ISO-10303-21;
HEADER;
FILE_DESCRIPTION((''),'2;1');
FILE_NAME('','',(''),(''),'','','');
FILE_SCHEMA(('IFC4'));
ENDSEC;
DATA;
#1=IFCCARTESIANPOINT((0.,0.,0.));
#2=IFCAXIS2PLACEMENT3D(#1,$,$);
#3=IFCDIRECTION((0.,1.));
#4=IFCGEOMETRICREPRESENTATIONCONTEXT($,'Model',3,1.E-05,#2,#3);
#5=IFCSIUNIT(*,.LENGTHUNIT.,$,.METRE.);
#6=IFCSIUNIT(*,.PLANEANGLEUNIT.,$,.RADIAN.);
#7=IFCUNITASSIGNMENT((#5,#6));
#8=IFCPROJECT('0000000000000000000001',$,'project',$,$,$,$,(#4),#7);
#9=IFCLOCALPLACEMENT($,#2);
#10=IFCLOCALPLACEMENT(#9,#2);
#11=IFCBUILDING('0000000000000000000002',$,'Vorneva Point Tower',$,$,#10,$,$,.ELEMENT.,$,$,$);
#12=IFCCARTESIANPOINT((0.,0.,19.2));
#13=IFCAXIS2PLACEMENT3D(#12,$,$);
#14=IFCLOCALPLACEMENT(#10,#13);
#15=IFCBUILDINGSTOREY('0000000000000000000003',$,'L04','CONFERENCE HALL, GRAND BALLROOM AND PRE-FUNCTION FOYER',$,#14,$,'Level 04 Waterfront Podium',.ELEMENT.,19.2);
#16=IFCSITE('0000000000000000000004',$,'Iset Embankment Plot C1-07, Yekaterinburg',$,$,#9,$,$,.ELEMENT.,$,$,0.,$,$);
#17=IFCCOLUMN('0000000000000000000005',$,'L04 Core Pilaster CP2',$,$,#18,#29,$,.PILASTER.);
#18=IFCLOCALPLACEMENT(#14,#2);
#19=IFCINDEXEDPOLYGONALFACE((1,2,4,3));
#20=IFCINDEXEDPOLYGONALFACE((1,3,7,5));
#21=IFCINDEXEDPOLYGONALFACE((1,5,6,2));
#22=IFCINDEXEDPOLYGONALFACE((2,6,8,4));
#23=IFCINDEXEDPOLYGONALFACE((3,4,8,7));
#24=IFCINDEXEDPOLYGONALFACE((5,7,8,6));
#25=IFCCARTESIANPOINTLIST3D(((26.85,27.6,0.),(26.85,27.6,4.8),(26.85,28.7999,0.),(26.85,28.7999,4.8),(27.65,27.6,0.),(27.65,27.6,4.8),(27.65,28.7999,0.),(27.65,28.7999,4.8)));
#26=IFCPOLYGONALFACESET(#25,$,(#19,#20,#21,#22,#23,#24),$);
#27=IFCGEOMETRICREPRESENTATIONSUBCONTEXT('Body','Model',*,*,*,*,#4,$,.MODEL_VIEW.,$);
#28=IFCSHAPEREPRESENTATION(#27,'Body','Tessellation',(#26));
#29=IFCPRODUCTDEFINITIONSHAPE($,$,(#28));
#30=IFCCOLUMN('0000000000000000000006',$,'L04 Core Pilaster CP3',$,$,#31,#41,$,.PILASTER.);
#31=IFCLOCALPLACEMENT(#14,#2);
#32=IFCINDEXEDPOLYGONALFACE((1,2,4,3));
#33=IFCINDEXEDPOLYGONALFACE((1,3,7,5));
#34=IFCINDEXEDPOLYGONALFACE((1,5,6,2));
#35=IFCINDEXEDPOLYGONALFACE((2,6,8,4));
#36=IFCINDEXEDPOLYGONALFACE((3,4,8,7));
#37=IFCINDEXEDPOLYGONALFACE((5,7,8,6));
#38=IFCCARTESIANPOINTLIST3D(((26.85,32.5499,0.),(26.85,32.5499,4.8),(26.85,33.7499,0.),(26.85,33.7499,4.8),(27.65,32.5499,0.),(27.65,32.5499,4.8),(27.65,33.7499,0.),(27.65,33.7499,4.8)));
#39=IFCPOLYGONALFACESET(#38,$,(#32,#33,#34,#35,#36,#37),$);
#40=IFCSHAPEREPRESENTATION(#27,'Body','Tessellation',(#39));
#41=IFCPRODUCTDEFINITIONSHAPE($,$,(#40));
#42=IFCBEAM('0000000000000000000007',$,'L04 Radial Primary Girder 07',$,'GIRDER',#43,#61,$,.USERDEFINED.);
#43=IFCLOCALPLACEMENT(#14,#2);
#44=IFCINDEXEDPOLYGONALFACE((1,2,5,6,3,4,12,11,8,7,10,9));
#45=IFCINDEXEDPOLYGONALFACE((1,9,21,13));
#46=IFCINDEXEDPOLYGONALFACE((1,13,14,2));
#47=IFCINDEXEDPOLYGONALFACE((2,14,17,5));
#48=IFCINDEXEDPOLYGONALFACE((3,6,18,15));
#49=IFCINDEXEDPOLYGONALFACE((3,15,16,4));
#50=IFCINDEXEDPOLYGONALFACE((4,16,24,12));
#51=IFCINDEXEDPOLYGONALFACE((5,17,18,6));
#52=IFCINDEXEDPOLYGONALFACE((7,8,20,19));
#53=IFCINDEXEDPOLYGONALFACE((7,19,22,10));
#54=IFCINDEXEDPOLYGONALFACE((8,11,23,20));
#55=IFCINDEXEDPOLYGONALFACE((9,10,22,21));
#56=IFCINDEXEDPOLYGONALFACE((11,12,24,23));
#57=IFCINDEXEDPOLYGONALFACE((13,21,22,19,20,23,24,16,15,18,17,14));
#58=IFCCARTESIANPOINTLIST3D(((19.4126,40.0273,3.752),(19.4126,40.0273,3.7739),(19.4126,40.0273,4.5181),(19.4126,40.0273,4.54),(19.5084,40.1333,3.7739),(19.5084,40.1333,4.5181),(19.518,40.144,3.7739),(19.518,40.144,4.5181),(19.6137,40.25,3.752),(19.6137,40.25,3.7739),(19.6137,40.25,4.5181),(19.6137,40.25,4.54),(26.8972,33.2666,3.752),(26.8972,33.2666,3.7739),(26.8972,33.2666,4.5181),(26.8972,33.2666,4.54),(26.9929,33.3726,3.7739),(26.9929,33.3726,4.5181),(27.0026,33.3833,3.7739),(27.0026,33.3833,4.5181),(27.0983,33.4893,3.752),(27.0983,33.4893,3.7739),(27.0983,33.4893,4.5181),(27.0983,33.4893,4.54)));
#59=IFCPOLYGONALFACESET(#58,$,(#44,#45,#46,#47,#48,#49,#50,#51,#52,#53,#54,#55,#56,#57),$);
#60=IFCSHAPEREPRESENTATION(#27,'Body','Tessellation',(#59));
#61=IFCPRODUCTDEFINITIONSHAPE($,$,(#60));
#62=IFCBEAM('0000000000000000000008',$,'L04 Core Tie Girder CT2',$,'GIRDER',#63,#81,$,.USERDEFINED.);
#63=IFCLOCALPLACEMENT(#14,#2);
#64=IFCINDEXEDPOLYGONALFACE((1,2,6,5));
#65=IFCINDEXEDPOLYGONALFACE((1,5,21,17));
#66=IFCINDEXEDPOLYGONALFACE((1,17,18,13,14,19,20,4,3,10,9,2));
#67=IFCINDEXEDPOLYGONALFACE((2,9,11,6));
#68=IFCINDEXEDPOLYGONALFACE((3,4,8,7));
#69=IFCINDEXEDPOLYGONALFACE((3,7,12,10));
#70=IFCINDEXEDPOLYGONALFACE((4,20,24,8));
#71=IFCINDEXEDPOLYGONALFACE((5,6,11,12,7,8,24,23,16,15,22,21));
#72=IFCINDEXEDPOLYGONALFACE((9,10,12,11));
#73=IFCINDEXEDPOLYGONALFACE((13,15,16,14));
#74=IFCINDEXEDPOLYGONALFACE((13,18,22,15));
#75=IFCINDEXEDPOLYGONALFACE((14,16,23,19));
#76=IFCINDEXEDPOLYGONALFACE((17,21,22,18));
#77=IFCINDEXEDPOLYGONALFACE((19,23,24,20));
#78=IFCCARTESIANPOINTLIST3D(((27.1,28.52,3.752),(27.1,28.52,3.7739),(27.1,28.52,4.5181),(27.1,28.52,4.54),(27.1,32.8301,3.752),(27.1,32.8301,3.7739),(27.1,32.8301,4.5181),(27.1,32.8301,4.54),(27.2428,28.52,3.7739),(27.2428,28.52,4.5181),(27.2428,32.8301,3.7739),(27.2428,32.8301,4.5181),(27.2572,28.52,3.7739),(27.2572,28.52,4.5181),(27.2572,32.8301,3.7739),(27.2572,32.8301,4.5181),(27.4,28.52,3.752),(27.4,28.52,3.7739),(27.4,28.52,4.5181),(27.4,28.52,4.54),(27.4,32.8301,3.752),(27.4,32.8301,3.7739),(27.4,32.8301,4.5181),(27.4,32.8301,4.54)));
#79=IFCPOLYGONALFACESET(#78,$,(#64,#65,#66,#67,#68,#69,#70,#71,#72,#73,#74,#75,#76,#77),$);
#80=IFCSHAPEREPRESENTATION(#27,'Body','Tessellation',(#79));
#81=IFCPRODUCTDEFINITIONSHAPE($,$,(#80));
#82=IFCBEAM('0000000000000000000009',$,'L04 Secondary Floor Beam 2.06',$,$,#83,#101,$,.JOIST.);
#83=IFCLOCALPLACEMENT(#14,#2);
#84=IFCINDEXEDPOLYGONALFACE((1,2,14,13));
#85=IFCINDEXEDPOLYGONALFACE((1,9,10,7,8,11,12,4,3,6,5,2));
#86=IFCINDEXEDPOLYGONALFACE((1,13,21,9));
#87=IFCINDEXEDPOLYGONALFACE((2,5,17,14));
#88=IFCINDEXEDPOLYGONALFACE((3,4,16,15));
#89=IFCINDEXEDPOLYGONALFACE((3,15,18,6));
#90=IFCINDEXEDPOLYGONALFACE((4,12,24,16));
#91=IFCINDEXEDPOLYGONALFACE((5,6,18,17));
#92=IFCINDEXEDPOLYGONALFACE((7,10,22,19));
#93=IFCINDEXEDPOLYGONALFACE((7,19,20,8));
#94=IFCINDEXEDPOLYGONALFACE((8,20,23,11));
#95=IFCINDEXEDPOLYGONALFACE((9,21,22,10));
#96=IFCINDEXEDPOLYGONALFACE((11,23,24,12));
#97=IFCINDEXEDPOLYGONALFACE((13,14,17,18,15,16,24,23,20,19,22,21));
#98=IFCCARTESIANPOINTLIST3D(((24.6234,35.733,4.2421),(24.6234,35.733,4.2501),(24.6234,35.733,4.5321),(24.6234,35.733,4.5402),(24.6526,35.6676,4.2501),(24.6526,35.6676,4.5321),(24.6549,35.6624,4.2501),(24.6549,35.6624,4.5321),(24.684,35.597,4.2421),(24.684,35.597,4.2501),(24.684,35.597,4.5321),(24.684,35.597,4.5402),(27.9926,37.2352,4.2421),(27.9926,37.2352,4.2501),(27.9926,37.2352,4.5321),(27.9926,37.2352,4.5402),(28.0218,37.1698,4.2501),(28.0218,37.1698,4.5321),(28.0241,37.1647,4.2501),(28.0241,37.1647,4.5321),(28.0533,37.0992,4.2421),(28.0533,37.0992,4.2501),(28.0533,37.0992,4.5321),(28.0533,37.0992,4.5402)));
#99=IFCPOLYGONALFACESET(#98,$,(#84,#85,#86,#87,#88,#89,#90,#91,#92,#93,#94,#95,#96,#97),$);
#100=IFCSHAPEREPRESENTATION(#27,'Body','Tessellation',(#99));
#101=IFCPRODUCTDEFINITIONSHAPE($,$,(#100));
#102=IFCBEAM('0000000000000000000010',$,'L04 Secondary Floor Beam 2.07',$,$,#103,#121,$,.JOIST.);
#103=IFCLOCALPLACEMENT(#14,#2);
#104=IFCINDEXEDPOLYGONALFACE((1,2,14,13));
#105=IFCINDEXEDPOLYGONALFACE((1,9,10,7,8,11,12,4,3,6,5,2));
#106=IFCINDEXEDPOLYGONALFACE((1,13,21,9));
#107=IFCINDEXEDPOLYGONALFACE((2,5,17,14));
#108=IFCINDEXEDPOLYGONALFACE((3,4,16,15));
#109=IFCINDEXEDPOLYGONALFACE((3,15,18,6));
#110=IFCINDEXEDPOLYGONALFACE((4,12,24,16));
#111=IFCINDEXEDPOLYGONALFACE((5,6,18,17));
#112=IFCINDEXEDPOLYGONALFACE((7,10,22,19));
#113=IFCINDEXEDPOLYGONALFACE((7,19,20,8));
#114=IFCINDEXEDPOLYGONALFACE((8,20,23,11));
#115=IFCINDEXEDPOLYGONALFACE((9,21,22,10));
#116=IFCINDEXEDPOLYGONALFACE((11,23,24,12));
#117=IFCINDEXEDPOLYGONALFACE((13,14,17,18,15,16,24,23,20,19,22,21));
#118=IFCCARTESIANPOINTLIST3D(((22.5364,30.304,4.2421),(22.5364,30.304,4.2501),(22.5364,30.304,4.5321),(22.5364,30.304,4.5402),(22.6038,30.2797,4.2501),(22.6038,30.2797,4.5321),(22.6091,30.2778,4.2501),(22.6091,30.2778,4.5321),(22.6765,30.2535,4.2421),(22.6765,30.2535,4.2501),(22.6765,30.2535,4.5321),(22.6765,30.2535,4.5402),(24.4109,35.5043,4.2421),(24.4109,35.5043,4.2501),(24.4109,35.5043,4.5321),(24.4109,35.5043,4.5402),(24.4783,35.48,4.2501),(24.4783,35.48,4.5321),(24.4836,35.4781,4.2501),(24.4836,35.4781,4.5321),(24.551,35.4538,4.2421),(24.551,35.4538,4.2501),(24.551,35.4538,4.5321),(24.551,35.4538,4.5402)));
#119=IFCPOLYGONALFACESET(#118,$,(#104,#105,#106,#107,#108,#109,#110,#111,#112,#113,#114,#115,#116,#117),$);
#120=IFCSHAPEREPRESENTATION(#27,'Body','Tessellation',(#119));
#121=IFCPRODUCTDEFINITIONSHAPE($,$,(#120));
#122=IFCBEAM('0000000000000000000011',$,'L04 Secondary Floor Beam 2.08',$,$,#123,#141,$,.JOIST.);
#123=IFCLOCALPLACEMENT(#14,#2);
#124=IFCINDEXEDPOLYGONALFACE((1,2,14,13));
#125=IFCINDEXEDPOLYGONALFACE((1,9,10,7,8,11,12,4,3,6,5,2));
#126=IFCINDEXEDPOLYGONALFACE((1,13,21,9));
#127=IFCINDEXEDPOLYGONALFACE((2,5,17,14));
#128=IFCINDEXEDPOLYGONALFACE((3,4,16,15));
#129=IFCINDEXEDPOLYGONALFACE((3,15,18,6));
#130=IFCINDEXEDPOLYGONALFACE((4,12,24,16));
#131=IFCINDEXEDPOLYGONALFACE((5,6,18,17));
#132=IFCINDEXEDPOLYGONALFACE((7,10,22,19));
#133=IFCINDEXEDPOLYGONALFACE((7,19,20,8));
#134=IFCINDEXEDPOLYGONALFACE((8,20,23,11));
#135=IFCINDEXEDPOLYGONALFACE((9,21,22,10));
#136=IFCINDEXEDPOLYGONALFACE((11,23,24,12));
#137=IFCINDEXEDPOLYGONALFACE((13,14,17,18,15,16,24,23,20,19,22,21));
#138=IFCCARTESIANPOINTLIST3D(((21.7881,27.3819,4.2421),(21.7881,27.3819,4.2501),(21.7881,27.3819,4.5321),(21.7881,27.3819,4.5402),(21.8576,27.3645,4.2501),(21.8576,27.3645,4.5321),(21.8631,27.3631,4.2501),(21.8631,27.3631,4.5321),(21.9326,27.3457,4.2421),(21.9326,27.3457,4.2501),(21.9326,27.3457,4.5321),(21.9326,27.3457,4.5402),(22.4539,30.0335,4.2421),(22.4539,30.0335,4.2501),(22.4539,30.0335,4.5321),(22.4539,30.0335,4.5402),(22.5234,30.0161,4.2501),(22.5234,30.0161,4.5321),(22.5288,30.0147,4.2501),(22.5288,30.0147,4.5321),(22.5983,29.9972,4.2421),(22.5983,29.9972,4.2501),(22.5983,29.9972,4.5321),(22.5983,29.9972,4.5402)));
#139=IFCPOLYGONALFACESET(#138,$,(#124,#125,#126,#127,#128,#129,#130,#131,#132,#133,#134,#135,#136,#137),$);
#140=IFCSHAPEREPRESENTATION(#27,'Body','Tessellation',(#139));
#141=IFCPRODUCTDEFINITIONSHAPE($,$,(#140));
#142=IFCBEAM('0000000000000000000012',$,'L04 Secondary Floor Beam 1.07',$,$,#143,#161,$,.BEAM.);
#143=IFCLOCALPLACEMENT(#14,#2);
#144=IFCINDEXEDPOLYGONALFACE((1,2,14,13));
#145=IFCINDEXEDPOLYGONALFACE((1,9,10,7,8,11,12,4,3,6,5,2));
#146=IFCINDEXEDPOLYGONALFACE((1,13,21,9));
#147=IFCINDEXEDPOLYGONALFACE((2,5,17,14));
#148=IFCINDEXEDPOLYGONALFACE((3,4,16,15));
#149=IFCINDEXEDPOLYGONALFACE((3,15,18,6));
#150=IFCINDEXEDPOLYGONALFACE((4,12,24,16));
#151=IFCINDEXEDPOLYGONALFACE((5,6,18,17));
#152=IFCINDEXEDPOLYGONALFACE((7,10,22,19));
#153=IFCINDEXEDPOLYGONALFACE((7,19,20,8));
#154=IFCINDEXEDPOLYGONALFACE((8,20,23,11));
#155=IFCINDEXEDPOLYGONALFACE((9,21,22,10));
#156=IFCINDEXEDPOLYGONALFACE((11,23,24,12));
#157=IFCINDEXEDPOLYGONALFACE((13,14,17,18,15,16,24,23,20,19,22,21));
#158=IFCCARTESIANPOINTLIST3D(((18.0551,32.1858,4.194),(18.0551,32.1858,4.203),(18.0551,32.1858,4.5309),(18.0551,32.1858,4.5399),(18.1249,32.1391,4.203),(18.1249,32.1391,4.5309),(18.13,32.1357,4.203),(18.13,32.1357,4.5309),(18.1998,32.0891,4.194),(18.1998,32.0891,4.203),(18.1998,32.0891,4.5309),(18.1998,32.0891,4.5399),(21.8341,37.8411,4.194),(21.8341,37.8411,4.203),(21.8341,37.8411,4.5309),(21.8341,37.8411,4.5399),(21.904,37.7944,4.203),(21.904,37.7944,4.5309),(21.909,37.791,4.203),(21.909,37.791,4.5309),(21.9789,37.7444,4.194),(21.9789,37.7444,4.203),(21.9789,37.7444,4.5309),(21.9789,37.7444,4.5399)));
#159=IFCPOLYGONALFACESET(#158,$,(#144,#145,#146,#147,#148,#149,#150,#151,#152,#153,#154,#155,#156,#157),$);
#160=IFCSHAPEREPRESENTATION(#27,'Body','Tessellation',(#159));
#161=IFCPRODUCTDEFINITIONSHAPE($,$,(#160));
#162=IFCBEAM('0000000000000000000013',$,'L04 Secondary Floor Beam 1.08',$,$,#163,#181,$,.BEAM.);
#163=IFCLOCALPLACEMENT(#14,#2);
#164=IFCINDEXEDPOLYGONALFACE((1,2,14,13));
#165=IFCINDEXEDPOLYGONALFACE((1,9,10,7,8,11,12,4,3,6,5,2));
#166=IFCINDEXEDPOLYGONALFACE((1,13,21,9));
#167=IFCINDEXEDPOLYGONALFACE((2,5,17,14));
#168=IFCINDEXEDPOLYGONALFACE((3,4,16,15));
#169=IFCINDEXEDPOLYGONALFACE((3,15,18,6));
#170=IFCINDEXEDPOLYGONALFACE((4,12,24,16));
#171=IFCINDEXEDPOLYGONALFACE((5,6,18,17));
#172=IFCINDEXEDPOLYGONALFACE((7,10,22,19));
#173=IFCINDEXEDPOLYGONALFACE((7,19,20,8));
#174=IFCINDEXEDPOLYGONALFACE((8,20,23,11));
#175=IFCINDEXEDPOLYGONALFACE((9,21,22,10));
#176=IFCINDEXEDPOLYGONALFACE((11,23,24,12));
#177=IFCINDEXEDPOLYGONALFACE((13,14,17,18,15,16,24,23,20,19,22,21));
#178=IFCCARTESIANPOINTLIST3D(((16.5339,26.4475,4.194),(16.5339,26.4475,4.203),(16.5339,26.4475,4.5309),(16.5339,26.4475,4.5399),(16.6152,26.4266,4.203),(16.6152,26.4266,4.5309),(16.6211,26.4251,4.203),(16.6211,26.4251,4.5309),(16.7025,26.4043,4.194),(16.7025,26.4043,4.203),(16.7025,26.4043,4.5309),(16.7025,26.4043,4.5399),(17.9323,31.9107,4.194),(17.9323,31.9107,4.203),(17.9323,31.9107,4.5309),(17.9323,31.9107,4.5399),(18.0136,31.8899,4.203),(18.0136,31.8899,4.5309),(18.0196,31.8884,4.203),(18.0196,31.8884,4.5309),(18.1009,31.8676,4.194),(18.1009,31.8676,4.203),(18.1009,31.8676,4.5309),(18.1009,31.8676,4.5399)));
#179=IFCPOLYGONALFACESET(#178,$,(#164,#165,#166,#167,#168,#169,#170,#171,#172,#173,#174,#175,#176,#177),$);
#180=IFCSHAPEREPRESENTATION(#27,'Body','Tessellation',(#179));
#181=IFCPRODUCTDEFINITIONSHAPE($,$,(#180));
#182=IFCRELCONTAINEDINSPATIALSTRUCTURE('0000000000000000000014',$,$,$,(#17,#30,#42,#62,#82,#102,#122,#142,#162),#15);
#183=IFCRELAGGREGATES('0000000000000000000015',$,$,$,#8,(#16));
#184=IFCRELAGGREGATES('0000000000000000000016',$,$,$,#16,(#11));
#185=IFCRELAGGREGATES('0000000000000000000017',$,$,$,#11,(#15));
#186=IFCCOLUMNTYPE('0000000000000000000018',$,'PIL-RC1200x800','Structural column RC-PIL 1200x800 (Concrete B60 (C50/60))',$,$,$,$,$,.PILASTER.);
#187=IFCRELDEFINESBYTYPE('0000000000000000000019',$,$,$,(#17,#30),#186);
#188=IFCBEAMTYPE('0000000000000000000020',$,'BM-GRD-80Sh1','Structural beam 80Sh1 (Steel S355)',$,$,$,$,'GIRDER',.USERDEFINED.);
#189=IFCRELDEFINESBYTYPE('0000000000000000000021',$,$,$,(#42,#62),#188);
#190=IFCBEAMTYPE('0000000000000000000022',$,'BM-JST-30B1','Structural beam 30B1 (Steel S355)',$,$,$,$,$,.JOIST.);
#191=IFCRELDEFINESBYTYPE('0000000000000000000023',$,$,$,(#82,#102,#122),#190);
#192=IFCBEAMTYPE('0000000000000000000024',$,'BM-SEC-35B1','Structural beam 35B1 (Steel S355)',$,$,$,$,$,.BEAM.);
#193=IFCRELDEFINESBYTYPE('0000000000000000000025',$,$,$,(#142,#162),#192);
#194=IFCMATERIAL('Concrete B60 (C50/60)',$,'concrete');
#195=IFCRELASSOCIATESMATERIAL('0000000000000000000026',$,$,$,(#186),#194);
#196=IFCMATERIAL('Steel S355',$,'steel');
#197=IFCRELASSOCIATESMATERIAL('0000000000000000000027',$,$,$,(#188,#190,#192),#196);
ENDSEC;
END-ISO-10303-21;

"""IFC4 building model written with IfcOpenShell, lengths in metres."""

from ifc_helpers import new_model, si_unit, direction, frame, origin, origin_2d, place, context, subcontext, project, spatial, rectangle, i_section, extrude, material, material_profile, profile_set, type_object, element, save


model = new_model("IFC4")

# Units and contexts
model_context = context("Model", 3, precision=1e-05, world=origin(), true_north=direction((0.0, 1.0)))
body_context = subcontext(model_context, "Body", "Model", "MODEL_VIEW")
ifc_project = project(units=[si_unit("LENGTHUNIT", "METRE"), si_unit("PLANEANGLEUNIT", "RADIAN")], contexts=[model_context])

# Site, building, storey
site_placement = place(None, origin())
site = spatial("IfcSite", under=ifc_project, at=site_placement, Name="Iset Embankment Plot C1-07, Yekaterinburg", CompositionType="ELEMENT", RefElevation=0.0)
building_placement = place(site_placement, origin())
building = spatial("IfcBuilding", under=site, at=building_placement, Name="Vorneva Point Tower", CompositionType="ELEMENT")
storey_placement = place(building_placement, frame((0.0, 0.0, 19.2)))
storey = spatial("IfcBuildingStorey", under=building, at=storey_placement, Name="L04", Description="CONFERENCE HALL, GRAND BALLROOM AND PRE-FUNCTION FOYER", LongName="Level 04 Waterfront Podium", CompositionType="ELEMENT", Elevation=19.2)

# Columns
ifc_material_1 = material(Name="Concrete B60 (C50/60)", Category="concrete")
ifc_material_profile_1 = material_profile(ifc_material_1, rectangle(XDim=0.8, YDim=1.2, at=origin_2d()), Name="RC-PIL 1200x800")
ifc_profile_set_1 = profile_set([ifc_material_profile_1], Name="Concrete B60 (C50/60)")
column_type_1 = type_object("IfcColumnType", Name="PIL-RC1200x800", Description="Structural column RC-PIL 1200x800 (Concrete B60 (C50/60))", PredefinedType="PILASTER", material=ifc_profile_set_1)
for number, where, z_axis, x_axis, name in (
    (1, (27.25, 28.2, 0.0), (0.0, 0.0, 1.0), (1.0, 0.0, 0.0), "L04 Core Pilaster CP2"),
    (2, (27.25, 33.1499, 0.0), (0.0, 0.0, 1.0), (1.0, 0.0, 0.0), "L04 Core Pilaster CP3"),
):
    element("IfcColumn", number, at=place(storey_placement, frame(where, z_axis=z_axis, x_axis=x_axis)), inside=storey, type_object=column_type_1, Name=name, PredefinedType="PILASTER", context=body_context, shape_type="SweptSolid", body=[
        extrude(rectangle(XDim=0.8, YDim=1.2, at=origin_2d()), origin(), (0.0, 0.0, 1.0), 4.8),
    ])

# Beams
ifc_material_2 = material(Name="Steel S355", Category="steel")
ifc_material_profile_2 = material_profile(ifc_material_2, i_section(OverallWidth=0.3, OverallDepth=0.7881, WebThickness=0.0144, FlangeThickness=0.022, at=origin_2d()), Name="80Sh1")
ifc_profile_set_2 = profile_set([ifc_material_profile_2], Name="Steel S355")
beam_type_1 = type_object("IfcBeamType", Name="BM-GRD-80Sh1", Description="Structural beam 80Sh1 (Steel S355)", ElementType="GIRDER", PredefinedType="USERDEFINED", material=ifc_profile_set_2)
beam_1_placement = place(storey_placement, frame((19.5132, 40.1387, 4.146), z_axis=(0.742081, -0.67031, 0.0), x_axis=(0.67031, 0.742081, 0.0)))
element("IfcBeam", 3, at=beam_1_placement, inside=storey, type_object=beam_type_1, Name="L04 Radial Primary Girder 07", ObjectType="GIRDER", PredefinedType="USERDEFINED", context=body_context, shape_type="SweptSolid", body=[
    extrude(i_section(OverallWidth=0.3, OverallDepth=0.7881, WebThickness=0.0144, FlangeThickness=0.022, at=origin_2d()), origin(), (0.0, 0.0, 1.0), 10.0859),
])
beam_2_placement = place(storey_placement, frame((27.25, 28.52, 4.146), z_axis=(0.0, 1.0, 0.0), x_axis=(-1.0, 0.0, 0.0)))
element("IfcBeam", 4, at=beam_2_placement, inside=storey, type_object=beam_type_1, Name="L04 Core Tie Girder CT2", ObjectType="GIRDER", PredefinedType="USERDEFINED", context=body_context, shape_type="SweptSolid", body=[
    extrude(i_section(OverallWidth=0.3, OverallDepth=0.7881, WebThickness=0.0144, FlangeThickness=0.022, at=origin_2d()), origin(), (0.0, 0.0, 1.0), 4.3101),
])
ifc_material_profile_3 = material_profile(ifc_material_2, i_section(OverallWidth=0.1489, OverallDepth=0.2981, WebThickness=0.0056, FlangeThickness=0.0081, at=origin_2d()), Name="30B1")
ifc_profile_set_3 = profile_set([ifc_material_profile_3], Name="Steel S355")
beam_type_2 = type_object("IfcBeamType", Name="BM-JST-30B1", Description="Structural beam 30B1 (Steel S355)", PredefinedType="JOIST", material=ifc_profile_set_3)
beam_3_placement = place(storey_placement, frame((28.0229, 37.1672, 4.3911), z_axis=(-0.913328, -0.407225, 0.0), x_axis=(0.407225, -0.913328, 0.0)))
element("IfcBeam", 5, at=beam_3_placement, inside=storey, type_object=beam_type_2, Name="L04 Secondary Floor Beam 2.06", PredefinedType="JOIST", context=body_context, shape_type="SweptSolid", body=[
    extrude(i_section(OverallWidth=0.1489, OverallDepth=0.2981, WebThickness=0.0056, FlangeThickness=0.0081, at=origin_2d()), origin(), (0.0, 0.0, 1.0), 3.689),
])
beam_4_placement = place(storey_placement, frame((24.481, 35.479, 4.3911), z_axis=(-0.33911, -0.940747, 0.0), x_axis=(0.940747, -0.33911, 0.0)))
element("IfcBeam", 6, at=beam_4_placement, inside=storey, type_object=beam_type_2, Name="L04 Secondary Floor Beam 2.07", PredefinedType="JOIST", context=body_context, shape_type="SweptSolid", body=[
    extrude(i_section(OverallWidth=0.1489, OverallDepth=0.2981, WebThickness=0.0056, FlangeThickness=0.0081, at=origin_2d()), origin(), (0.0, 0.0, 1.0), 5.5278),
])
beam_5_placement = place(storey_placement, frame((22.5261, 30.0154, 4.3911), z_axis=(-0.243523, -0.969895, 0.0), x_axis=(0.969895, -0.243523, 0.0)))
element("IfcBeam", 7, at=beam_5_placement, inside=storey, type_object=beam_type_2, Name="L04 Secondary Floor Beam 2.08", PredefinedType="JOIST", context=body_context, shape_type="SweptSolid", body=[
    extrude(i_section(OverallWidth=0.1489, OverallDepth=0.2981, WebThickness=0.0056, FlangeThickness=0.0081, at=origin_2d()), origin(), (0.0, 0.0, 1.0), 2.7339),
])
ifc_material_profile_4 = material_profile(ifc_material_2, i_section(OverallWidth=0.1741, OverallDepth=0.3459, WebThickness=0.0061, FlangeThickness=0.009, at=origin_2d()), Name="35B1")
ifc_profile_set_4 = profile_set([ifc_material_profile_4], Name="Steel S355")
beam_type_3 = type_object("IfcBeamType", Name="BM-SEC-35B1", Description="Structural beam 35B1 (Steel S355)", PredefinedType="BEAM", material=ifc_profile_set_4)
beam_6_placement = place(storey_placement, frame((21.9065, 37.7927, 4.3669), z_axis=(-0.555603, -0.831448, 0.0), x_axis=(0.831448, -0.555603, 0.0)))
element("IfcBeam", 8, at=beam_6_placement, inside=storey, type_object=beam_type_3, Name="L04 Secondary Floor Beam 1.07", PredefinedType="BEAM", context=body_context, shape_type="SweptSolid", body=[
    extrude(i_section(OverallWidth=0.1741, OverallDepth=0.3459, WebThickness=0.0061, FlangeThickness=0.009, at=origin_2d()), origin(), (0.0, 0.0, 1.0), 6.8018),
])
beam_7_placement = place(storey_placement, frame((18.0166, 31.8892, 4.3669), z_axis=(-0.247971, -0.968767, 0.0), x_axis=(0.968767, -0.247971, 0.0)))
element("IfcBeam", 9, at=beam_7_placement, inside=storey, type_object=beam_type_3, Name="L04 Secondary Floor Beam 1.08", PredefinedType="BEAM", context=body_context, shape_type="SweptSolid", body=[
    extrude(i_section(OverallWidth=0.1741, OverallDepth=0.3459, WebThickness=0.0061, FlangeThickness=0.009, at=origin_2d()), origin(), (0.0, 0.0, 1.0), 5.6394),
])

save(model, "model.ifc")
